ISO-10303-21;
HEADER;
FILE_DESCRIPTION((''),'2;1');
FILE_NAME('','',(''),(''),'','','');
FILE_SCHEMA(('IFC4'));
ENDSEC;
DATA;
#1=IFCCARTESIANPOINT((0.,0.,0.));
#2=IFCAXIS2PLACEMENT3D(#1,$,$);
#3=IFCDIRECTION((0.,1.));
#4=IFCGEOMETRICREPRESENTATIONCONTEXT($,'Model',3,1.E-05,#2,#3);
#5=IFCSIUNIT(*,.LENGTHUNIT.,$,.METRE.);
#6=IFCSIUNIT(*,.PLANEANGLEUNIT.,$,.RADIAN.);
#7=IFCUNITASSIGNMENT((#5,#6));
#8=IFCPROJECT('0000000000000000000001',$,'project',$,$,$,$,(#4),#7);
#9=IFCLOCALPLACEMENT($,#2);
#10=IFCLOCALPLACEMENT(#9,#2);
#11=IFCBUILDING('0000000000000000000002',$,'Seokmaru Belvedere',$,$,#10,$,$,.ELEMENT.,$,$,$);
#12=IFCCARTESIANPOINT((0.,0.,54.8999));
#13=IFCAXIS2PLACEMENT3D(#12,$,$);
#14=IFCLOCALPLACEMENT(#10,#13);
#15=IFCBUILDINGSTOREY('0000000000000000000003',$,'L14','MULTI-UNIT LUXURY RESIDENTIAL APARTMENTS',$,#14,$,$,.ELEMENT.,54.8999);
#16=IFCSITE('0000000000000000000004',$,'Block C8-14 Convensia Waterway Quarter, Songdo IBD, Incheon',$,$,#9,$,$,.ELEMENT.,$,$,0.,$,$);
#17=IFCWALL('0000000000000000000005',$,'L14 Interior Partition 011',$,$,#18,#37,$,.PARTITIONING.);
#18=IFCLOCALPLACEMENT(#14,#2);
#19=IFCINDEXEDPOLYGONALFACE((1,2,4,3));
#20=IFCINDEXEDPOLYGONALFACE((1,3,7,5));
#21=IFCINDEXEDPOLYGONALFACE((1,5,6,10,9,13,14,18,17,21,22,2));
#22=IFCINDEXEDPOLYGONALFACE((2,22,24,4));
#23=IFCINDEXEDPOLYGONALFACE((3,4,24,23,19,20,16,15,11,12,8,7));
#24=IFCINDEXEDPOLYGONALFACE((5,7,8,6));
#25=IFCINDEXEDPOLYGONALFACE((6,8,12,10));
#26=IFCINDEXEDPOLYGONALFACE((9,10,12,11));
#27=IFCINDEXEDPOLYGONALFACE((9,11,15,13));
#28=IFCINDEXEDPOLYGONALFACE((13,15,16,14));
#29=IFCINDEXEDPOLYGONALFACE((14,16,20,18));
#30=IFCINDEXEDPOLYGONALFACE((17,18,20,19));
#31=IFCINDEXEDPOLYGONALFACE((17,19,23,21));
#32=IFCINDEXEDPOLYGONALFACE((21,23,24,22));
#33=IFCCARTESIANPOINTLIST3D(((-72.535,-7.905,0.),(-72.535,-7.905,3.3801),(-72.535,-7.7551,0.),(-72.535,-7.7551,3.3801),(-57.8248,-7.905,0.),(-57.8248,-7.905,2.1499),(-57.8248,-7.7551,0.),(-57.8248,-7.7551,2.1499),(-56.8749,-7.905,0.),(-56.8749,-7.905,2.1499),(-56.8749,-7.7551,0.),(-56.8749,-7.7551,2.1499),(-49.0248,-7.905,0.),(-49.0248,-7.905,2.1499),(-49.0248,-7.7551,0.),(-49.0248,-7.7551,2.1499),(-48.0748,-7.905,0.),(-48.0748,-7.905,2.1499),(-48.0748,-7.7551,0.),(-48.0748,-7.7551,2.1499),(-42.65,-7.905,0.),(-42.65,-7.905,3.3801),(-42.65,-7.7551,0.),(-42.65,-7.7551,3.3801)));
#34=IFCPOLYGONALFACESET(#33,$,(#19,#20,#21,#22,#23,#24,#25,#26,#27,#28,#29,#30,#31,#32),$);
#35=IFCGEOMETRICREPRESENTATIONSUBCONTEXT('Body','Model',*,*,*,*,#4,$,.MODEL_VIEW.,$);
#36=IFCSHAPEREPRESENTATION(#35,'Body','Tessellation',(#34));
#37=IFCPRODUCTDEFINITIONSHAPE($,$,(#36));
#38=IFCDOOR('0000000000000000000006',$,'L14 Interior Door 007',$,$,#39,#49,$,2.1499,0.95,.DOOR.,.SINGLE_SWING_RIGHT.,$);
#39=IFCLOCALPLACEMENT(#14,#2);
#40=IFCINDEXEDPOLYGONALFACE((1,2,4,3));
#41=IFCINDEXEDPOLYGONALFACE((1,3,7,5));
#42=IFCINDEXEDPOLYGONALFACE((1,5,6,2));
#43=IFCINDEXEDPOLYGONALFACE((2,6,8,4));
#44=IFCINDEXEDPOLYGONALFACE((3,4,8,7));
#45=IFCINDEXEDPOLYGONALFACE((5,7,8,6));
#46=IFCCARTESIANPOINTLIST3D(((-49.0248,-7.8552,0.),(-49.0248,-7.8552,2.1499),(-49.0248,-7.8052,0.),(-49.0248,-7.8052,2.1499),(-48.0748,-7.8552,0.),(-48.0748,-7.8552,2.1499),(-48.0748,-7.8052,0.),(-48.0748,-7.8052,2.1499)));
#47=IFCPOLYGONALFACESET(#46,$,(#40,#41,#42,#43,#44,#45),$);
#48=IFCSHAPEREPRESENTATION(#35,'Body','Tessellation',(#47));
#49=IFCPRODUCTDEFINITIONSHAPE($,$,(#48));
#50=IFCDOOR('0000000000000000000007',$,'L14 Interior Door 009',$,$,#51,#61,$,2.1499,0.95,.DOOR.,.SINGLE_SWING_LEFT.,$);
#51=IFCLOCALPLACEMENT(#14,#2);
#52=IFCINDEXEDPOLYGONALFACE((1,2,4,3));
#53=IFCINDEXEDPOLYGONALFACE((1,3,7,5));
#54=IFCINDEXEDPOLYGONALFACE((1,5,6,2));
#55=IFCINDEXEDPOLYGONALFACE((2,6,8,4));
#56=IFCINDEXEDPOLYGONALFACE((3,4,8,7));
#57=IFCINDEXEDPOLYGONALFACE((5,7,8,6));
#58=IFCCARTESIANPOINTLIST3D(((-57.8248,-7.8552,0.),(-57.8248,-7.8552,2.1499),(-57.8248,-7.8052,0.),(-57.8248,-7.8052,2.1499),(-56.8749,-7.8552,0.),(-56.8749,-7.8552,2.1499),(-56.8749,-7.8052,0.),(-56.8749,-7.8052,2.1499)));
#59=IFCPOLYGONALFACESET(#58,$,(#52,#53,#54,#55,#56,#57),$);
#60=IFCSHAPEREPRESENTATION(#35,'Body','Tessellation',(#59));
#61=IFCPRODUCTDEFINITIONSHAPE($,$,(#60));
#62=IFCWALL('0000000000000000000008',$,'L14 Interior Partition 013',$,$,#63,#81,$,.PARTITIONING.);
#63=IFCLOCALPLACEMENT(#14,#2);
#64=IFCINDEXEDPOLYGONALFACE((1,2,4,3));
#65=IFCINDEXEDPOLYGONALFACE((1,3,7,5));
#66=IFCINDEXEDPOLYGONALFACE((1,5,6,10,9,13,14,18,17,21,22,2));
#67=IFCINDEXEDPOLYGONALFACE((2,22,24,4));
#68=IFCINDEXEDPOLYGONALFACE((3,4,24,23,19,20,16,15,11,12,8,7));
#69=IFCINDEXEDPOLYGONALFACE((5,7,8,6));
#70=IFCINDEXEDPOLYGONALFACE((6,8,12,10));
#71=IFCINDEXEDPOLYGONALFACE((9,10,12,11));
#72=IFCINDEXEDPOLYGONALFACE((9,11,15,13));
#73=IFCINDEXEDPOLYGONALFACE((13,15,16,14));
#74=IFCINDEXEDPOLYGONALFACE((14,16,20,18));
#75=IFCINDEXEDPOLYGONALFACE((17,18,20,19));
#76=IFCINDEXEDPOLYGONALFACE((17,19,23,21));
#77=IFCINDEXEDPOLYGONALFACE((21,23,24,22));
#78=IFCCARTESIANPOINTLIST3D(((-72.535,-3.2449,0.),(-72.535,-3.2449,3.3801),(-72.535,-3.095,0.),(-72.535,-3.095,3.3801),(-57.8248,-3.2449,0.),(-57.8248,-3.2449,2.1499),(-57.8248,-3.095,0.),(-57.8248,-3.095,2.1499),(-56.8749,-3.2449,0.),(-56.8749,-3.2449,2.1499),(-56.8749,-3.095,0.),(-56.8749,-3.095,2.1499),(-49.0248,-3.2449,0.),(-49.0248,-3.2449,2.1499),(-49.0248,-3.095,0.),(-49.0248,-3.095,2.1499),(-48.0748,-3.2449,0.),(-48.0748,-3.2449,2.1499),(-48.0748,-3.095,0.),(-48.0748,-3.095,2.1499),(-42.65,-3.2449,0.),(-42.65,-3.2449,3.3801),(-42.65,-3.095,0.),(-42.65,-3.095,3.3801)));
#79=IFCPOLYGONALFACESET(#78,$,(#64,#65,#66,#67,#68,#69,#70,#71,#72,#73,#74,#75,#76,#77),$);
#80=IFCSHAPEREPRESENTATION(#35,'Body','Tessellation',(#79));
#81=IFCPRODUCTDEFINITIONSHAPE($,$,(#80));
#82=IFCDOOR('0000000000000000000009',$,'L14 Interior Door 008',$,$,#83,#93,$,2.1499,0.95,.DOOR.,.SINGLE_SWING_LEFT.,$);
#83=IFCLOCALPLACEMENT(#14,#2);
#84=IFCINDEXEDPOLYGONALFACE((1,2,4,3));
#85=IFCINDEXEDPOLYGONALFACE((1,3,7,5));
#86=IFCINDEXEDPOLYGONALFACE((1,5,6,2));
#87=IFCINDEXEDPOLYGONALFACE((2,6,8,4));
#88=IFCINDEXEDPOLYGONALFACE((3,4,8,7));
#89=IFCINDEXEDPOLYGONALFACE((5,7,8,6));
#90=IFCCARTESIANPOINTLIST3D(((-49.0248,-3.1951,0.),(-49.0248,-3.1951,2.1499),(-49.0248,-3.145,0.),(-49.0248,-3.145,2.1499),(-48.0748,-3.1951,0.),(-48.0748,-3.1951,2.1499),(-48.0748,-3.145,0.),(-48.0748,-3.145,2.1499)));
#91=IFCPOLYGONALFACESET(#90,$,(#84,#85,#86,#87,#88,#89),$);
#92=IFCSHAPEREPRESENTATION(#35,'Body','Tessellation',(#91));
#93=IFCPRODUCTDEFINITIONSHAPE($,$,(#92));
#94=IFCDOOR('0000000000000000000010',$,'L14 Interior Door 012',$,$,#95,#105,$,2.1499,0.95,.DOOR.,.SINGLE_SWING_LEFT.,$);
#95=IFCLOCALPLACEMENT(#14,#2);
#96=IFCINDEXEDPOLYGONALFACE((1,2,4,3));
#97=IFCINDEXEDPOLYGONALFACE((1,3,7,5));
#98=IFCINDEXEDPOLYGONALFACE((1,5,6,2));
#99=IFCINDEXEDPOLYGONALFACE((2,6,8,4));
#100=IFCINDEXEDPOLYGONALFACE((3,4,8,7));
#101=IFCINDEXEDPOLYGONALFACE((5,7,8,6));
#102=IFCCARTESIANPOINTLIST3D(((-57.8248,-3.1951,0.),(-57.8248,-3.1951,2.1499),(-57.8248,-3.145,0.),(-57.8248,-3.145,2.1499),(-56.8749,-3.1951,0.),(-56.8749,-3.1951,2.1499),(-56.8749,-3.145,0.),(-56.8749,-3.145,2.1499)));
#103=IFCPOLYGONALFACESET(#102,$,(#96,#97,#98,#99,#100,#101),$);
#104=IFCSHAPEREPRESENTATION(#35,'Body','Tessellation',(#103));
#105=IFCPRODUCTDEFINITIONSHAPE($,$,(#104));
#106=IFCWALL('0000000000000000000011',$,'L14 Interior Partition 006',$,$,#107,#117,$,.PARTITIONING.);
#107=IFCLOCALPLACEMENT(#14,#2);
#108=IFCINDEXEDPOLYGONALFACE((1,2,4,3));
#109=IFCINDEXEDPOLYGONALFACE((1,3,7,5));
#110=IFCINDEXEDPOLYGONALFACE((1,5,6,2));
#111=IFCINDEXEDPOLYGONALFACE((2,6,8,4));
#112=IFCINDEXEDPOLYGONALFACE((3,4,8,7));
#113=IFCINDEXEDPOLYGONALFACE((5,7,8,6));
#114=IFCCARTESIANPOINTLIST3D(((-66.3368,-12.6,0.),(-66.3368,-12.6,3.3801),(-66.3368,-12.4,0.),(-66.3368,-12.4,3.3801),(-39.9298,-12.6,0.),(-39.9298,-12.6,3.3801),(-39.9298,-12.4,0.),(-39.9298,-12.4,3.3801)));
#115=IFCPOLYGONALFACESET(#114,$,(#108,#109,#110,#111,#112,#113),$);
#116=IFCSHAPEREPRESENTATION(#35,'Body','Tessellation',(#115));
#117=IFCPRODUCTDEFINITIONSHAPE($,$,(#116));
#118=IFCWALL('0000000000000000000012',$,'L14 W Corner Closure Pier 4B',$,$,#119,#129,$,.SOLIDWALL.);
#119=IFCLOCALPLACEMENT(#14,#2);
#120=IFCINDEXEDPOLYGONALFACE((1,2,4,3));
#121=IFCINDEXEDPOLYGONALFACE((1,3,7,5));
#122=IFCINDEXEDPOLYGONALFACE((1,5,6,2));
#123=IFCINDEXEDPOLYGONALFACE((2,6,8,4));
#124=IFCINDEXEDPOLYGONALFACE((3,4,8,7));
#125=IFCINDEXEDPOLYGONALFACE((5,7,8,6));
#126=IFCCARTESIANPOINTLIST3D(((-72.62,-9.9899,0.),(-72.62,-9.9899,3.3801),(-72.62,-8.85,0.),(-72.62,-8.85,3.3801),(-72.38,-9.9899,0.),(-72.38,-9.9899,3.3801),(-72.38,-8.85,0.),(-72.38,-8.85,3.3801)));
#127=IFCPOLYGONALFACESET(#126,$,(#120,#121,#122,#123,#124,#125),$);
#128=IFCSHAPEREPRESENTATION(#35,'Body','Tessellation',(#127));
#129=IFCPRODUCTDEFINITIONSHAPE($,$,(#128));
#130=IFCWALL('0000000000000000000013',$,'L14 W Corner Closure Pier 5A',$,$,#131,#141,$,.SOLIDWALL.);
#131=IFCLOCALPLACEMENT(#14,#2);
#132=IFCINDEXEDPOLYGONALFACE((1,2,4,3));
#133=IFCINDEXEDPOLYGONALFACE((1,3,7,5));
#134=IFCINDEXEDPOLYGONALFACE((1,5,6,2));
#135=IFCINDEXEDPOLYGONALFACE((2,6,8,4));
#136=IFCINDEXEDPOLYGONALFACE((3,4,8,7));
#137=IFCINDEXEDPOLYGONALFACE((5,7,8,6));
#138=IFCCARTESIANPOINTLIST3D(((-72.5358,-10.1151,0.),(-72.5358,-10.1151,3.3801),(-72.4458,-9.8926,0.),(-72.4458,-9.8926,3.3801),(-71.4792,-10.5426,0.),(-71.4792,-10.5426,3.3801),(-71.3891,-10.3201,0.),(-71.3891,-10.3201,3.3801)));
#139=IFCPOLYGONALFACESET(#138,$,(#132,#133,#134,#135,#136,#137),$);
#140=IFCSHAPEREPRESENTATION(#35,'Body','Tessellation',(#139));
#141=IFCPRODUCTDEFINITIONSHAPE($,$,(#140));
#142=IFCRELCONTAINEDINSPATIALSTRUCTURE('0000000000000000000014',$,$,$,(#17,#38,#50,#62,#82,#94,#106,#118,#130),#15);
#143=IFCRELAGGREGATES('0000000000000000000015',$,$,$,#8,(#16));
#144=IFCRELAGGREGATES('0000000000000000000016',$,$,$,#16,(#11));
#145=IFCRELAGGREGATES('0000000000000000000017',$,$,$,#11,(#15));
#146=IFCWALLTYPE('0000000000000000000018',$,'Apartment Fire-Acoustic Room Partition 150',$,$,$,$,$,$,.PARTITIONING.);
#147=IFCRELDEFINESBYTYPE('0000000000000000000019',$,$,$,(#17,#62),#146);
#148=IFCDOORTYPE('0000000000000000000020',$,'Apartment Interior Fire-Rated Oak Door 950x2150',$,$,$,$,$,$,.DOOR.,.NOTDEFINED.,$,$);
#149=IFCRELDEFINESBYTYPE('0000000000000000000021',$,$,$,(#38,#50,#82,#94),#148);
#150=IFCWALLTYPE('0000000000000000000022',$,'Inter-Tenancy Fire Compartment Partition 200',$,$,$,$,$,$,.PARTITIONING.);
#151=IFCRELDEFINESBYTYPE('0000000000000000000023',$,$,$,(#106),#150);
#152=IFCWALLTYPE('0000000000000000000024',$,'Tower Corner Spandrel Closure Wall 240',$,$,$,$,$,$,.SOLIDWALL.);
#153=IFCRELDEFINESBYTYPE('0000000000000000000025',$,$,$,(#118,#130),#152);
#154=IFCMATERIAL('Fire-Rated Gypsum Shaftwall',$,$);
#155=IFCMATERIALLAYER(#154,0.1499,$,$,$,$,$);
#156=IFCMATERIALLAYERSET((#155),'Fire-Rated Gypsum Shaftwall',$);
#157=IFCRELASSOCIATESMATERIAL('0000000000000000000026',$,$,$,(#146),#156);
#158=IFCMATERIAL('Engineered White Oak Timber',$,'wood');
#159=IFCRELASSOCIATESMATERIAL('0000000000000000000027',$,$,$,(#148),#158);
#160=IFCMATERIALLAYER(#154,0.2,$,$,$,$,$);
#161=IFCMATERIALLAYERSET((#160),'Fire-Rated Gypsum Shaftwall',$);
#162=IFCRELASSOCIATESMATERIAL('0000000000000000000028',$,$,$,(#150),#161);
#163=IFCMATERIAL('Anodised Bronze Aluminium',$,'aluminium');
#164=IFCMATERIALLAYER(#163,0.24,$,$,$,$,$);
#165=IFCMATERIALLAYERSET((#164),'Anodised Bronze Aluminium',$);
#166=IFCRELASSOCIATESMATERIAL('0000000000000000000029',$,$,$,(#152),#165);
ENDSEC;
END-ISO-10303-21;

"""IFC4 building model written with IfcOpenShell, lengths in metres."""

from ifc_helpers import new_model, si_unit, direction, frame, frame_2d, origin, place, context, subcontext, project, spatial, rectangle, extrude, source, transform, mapped, material, layer, layer_set, type_object, type_shapes, element, fill, save


model = new_model("IFC4")

# Units and contexts
model_context = context("Model", 3, precision=1e-05, world=origin(), true_north=direction((0.0, 1.0)))
body_context = subcontext(model_context, "Body", "Model", "MODEL_VIEW")
ifc_project = project(units=[si_unit("LENGTHUNIT", "METRE"), si_unit("PLANEANGLEUNIT", "RADIAN")], contexts=[model_context])

# Site, building, storey
site_placement = place(None, origin())
site = spatial("IfcSite", under=ifc_project, at=site_placement, Name="Block C8-14 Convensia Waterway Quarter, Songdo IBD, Incheon", CompositionType="ELEMENT", RefElevation=0.0)
building_placement = place(site_placement, origin())
building = spatial("IfcBuilding", under=site, at=building_placement, Name="Seokmaru Belvedere", CompositionType="ELEMENT")
storey_placement = place(building_placement, frame((0.0, 0.0, 54.8999)))
storey = spatial("IfcBuildingStorey", under=building, at=storey_placement, Name="L14", Description="MULTI-UNIT LUXURY RESIDENTIAL APARTMENTS", CompositionType="ELEMENT", Elevation=54.8999)

# Shared definitions
ifc_material_1 = material(Name="Anodised Bronze Aluminium", Category="aluminium")

# Walls, openings, doors
ifc_material_2 = material(Name="Fire-Rated Gypsum Shaftwall")
ifc_layer_1 = layer(ifc_material_2, 0.1499)
ifc_layer_set_1 = layer_set([ifc_layer_1], Name="Fire-Rated Gypsum Shaftwall")
wall_type_1 = type_object("IfcWallType", Name="Apartment Fire-Acoustic Room Partition 150", PredefinedType="PARTITIONING", material=ifc_layer_set_1)
wall_1_placement = place(storey_placement, frame((-72.5349, -7.8301, 0.0), z_axis=(0.0, 0.0, 1.0), x_axis=(1.0, 0.0, 0.0)))
wall_1 = element("IfcWall", 1, at=wall_1_placement, inside=storey, type_object=wall_type_1, Name="L14 Interior Partition 011", PredefinedType="PARTITIONING", context=body_context, shape_type="SweptSolid", body=[
    extrude(rectangle(XDim=29.885, YDim=0.1499, at=frame_2d((14.9424, 0.0))), origin(), (0.0, 0.0, 1.0), 3.3801),
])
opening_1_placement = place(wall_1_placement, frame((23.51, 0.0, 0.0)))
opening_1 = element("IfcOpeningElement", 2, at=opening_1_placement, cuts=wall_1, PredefinedType="OPENING", context=body_context, shape_type="SweptSolid", body=[
    extrude(rectangle(XDim=0.95, YDim=2.1499, at=frame_2d((0.4751, 1.075))), frame((0.0, 0.085, 0.0), z_axis=(0.0, -1.0, 0.0), x_axis=(1.0, 0.0, 0.0)), (0.0, 0.0, 1.0), 0.1699),
])
opening_2_placement = place(wall_1_placement, frame((14.71, 0.0, 0.0)))
opening_2 = element("IfcOpeningElement", 3, at=opening_2_placement, cuts=wall_1, PredefinedType="OPENING", context=body_context, shape_type="SweptSolid", body=[
    extrude(rectangle(XDim=0.95, YDim=2.1499, at=frame_2d((0.4751, 1.075))), frame((0.0, 0.085, 0.0), z_axis=(0.0, -1.0, 0.0), x_axis=(1.0, 0.0, 0.0)), (0.0, 0.0, 1.0), 0.1699),
])
ifc_material_3 = material(Name="Engineered White Oak Timber", Category="wood")
door_type = type_object("IfcDoorType", Name="Apartment Interior Fire-Rated Oak Door 950x2150", OperationType="NOTDEFINED", PredefinedType="DOOR", material=ifc_material_3)
shared_shape_1 = source(origin(), body_context, "Body", "SweptSolid", [
    extrude(rectangle(XDim=0.95, YDim=2.1499, at=frame_2d((0.4751, 1.075))), frame((0.0, 0.0249, 0.0), z_axis=(0.0, -1.0, 0.0), x_axis=(1.0, 0.0, 0.0)), (0.0, 0.0, 1.0), 0.05),
])
type_shapes(door_type, [shared_shape_1])
door_1_placement = place(opening_1_placement, origin())
door_1 = element("IfcDoor", 4, at=door_1_placement, inside=storey, type_object=door_type, Name="L14 Interior Door 007", OperationType="SINGLE_SWING_RIGHT", OverallHeight=2.1499, OverallWidth=0.95, PredefinedType="DOOR", context=body_context, shape_type="MappedRepresentation", body=[
    mapped(shared_shape_1, transform((0.0, 0.0, 0.0), scale=1.0)),
])
fill(opening_1, door_1)
door_2_placement = place(opening_2_placement, origin())
door_2 = element("IfcDoor", 5, at=door_2_placement, inside=storey, type_object=door_type, Name="L14 Interior Door 009", OperationType="SINGLE_SWING_LEFT", OverallHeight=2.1499, OverallWidth=0.95, PredefinedType="DOOR", context=body_context, shape_type="MappedRepresentation", body=[
    mapped(shared_shape_1, transform((0.0, 0.0, 0.0), scale=1.0)),
])
fill(opening_2, door_2)
wall_2_placement = place(storey_placement, frame((-72.5349, -3.1699, 0.0), z_axis=(0.0, 0.0, 1.0), x_axis=(1.0, 0.0, 0.0)))
wall_2 = element("IfcWall", 6, at=wall_2_placement, inside=storey, type_object=wall_type_1, Name="L14 Interior Partition 013", PredefinedType="PARTITIONING", context=body_context, shape_type="SweptSolid", body=[
    extrude(rectangle(XDim=29.885, YDim=0.1499, at=frame_2d((14.9424, 0.0))), origin(), (0.0, 0.0, 1.0), 3.3801),
])
opening_3_placement = place(wall_2_placement, frame((23.51, 0.0, 0.0)))
opening_3 = element("IfcOpeningElement", 7, at=opening_3_placement, cuts=wall_2, PredefinedType="OPENING", context=body_context, shape_type="SweptSolid", body=[
    extrude(rectangle(XDim=0.95, YDim=2.1499, at=frame_2d((0.4751, 1.075))), frame((0.0, 0.085, 0.0), z_axis=(0.0, -1.0, 0.0), x_axis=(1.0, 0.0, 0.0)), (0.0, 0.0, 1.0), 0.1699),
])
opening_4_placement = place(wall_2_placement, frame((14.71, 0.0, 0.0)))
opening_4 = element("IfcOpeningElement", 8, at=opening_4_placement, cuts=wall_2, PredefinedType="OPENING", context=body_context, shape_type="SweptSolid", body=[
    extrude(rectangle(XDim=0.95, YDim=2.1499, at=frame_2d((0.4751, 1.075))), frame((0.0, 0.085, 0.0), z_axis=(0.0, -1.0, 0.0), x_axis=(1.0, 0.0, 0.0)), (0.0, 0.0, 1.0), 0.1699),
])
door_3_placement = place(opening_3_placement, origin())
door_3 = element("IfcDoor", 9, at=door_3_placement, inside=storey, type_object=door_type, Name="L14 Interior Door 008", OperationType="SINGLE_SWING_LEFT", OverallHeight=2.1499, OverallWidth=0.95, PredefinedType="DOOR", context=body_context, shape_type="MappedRepresentation", body=[
    mapped(shared_shape_1, transform((0.0, 0.0, 0.0), scale=1.0)),
])
fill(opening_3, door_3)
door_4_placement = place(opening_4_placement, origin())
door_4 = element("IfcDoor", 10, at=door_4_placement, inside=storey, type_object=door_type, Name="L14 Interior Door 012", OperationType="SINGLE_SWING_LEFT", OverallHeight=2.1499, OverallWidth=0.95, PredefinedType="DOOR", context=body_context, shape_type="MappedRepresentation", body=[
    mapped(shared_shape_1, transform((0.0, 0.0, 0.0), scale=1.0)),
])
fill(opening_4, door_4)

# Walls
ifc_layer_2 = layer(ifc_material_2, 0.2)
ifc_layer_set_2 = layer_set([ifc_layer_2], Name="Fire-Rated Gypsum Shaftwall")
wall_type_2 = type_object("IfcWallType", Name="Inter-Tenancy Fire Compartment Partition 200", PredefinedType="PARTITIONING", material=ifc_layer_set_2)
wall_3_placement = place(storey_placement, frame((-66.3369, -12.5, 0.0), z_axis=(0.0, 0.0, 1.0), x_axis=(1.0, 0.0, 0.0)))
element("IfcWall", 11, at=wall_3_placement, inside=storey, type_object=wall_type_2, Name="L14 Interior Partition 006", PredefinedType="PARTITIONING", context=body_context, shape_type="SweptSolid", body=[
    extrude(rectangle(XDim=26.407, YDim=0.2, at=frame_2d((13.2036, 0.0))), origin(), (0.0, 0.0, 1.0), 3.3801),
])
ifc_layer_3 = layer(ifc_material_1, 0.24)
ifc_layer_set_3 = layer_set([ifc_layer_3], Name="Anodised Bronze Aluminium")
wall_type_3 = type_object("IfcWallType", Name="Tower Corner Spandrel Closure Wall 240", PredefinedType="SOLIDWALL", material=ifc_layer_set_3)
for number, where, z_axis, x_axis, name in (
    (12, (-72.5, -8.8501, 0.0), (0.0, 0.0, 1.0), (0.0, -1.0, 0.0), "L14 W Corner Closure Pier 4B"),
    (13, (-72.4907, -10.0039, 0.0), (0.0, 0.0, 1.0), (0.927007, -0.375044, 0.0), "L14 W Corner Closure Pier 5A"),
):
    element("IfcWall", number, at=place(storey_placement, frame(where, z_axis=z_axis, x_axis=x_axis)), inside=storey, type_object=wall_type_3, Name=name, PredefinedType="SOLIDWALL", context=body_context, shape_type="SweptSolid", body=[
        extrude(rectangle(XDim=1.1399, YDim=0.24, at=frame_2d((0.5698, 0.0))), origin(), (0.0, 0.0, 1.0), 3.3801),
    ])

save(model, "model.ifc")
